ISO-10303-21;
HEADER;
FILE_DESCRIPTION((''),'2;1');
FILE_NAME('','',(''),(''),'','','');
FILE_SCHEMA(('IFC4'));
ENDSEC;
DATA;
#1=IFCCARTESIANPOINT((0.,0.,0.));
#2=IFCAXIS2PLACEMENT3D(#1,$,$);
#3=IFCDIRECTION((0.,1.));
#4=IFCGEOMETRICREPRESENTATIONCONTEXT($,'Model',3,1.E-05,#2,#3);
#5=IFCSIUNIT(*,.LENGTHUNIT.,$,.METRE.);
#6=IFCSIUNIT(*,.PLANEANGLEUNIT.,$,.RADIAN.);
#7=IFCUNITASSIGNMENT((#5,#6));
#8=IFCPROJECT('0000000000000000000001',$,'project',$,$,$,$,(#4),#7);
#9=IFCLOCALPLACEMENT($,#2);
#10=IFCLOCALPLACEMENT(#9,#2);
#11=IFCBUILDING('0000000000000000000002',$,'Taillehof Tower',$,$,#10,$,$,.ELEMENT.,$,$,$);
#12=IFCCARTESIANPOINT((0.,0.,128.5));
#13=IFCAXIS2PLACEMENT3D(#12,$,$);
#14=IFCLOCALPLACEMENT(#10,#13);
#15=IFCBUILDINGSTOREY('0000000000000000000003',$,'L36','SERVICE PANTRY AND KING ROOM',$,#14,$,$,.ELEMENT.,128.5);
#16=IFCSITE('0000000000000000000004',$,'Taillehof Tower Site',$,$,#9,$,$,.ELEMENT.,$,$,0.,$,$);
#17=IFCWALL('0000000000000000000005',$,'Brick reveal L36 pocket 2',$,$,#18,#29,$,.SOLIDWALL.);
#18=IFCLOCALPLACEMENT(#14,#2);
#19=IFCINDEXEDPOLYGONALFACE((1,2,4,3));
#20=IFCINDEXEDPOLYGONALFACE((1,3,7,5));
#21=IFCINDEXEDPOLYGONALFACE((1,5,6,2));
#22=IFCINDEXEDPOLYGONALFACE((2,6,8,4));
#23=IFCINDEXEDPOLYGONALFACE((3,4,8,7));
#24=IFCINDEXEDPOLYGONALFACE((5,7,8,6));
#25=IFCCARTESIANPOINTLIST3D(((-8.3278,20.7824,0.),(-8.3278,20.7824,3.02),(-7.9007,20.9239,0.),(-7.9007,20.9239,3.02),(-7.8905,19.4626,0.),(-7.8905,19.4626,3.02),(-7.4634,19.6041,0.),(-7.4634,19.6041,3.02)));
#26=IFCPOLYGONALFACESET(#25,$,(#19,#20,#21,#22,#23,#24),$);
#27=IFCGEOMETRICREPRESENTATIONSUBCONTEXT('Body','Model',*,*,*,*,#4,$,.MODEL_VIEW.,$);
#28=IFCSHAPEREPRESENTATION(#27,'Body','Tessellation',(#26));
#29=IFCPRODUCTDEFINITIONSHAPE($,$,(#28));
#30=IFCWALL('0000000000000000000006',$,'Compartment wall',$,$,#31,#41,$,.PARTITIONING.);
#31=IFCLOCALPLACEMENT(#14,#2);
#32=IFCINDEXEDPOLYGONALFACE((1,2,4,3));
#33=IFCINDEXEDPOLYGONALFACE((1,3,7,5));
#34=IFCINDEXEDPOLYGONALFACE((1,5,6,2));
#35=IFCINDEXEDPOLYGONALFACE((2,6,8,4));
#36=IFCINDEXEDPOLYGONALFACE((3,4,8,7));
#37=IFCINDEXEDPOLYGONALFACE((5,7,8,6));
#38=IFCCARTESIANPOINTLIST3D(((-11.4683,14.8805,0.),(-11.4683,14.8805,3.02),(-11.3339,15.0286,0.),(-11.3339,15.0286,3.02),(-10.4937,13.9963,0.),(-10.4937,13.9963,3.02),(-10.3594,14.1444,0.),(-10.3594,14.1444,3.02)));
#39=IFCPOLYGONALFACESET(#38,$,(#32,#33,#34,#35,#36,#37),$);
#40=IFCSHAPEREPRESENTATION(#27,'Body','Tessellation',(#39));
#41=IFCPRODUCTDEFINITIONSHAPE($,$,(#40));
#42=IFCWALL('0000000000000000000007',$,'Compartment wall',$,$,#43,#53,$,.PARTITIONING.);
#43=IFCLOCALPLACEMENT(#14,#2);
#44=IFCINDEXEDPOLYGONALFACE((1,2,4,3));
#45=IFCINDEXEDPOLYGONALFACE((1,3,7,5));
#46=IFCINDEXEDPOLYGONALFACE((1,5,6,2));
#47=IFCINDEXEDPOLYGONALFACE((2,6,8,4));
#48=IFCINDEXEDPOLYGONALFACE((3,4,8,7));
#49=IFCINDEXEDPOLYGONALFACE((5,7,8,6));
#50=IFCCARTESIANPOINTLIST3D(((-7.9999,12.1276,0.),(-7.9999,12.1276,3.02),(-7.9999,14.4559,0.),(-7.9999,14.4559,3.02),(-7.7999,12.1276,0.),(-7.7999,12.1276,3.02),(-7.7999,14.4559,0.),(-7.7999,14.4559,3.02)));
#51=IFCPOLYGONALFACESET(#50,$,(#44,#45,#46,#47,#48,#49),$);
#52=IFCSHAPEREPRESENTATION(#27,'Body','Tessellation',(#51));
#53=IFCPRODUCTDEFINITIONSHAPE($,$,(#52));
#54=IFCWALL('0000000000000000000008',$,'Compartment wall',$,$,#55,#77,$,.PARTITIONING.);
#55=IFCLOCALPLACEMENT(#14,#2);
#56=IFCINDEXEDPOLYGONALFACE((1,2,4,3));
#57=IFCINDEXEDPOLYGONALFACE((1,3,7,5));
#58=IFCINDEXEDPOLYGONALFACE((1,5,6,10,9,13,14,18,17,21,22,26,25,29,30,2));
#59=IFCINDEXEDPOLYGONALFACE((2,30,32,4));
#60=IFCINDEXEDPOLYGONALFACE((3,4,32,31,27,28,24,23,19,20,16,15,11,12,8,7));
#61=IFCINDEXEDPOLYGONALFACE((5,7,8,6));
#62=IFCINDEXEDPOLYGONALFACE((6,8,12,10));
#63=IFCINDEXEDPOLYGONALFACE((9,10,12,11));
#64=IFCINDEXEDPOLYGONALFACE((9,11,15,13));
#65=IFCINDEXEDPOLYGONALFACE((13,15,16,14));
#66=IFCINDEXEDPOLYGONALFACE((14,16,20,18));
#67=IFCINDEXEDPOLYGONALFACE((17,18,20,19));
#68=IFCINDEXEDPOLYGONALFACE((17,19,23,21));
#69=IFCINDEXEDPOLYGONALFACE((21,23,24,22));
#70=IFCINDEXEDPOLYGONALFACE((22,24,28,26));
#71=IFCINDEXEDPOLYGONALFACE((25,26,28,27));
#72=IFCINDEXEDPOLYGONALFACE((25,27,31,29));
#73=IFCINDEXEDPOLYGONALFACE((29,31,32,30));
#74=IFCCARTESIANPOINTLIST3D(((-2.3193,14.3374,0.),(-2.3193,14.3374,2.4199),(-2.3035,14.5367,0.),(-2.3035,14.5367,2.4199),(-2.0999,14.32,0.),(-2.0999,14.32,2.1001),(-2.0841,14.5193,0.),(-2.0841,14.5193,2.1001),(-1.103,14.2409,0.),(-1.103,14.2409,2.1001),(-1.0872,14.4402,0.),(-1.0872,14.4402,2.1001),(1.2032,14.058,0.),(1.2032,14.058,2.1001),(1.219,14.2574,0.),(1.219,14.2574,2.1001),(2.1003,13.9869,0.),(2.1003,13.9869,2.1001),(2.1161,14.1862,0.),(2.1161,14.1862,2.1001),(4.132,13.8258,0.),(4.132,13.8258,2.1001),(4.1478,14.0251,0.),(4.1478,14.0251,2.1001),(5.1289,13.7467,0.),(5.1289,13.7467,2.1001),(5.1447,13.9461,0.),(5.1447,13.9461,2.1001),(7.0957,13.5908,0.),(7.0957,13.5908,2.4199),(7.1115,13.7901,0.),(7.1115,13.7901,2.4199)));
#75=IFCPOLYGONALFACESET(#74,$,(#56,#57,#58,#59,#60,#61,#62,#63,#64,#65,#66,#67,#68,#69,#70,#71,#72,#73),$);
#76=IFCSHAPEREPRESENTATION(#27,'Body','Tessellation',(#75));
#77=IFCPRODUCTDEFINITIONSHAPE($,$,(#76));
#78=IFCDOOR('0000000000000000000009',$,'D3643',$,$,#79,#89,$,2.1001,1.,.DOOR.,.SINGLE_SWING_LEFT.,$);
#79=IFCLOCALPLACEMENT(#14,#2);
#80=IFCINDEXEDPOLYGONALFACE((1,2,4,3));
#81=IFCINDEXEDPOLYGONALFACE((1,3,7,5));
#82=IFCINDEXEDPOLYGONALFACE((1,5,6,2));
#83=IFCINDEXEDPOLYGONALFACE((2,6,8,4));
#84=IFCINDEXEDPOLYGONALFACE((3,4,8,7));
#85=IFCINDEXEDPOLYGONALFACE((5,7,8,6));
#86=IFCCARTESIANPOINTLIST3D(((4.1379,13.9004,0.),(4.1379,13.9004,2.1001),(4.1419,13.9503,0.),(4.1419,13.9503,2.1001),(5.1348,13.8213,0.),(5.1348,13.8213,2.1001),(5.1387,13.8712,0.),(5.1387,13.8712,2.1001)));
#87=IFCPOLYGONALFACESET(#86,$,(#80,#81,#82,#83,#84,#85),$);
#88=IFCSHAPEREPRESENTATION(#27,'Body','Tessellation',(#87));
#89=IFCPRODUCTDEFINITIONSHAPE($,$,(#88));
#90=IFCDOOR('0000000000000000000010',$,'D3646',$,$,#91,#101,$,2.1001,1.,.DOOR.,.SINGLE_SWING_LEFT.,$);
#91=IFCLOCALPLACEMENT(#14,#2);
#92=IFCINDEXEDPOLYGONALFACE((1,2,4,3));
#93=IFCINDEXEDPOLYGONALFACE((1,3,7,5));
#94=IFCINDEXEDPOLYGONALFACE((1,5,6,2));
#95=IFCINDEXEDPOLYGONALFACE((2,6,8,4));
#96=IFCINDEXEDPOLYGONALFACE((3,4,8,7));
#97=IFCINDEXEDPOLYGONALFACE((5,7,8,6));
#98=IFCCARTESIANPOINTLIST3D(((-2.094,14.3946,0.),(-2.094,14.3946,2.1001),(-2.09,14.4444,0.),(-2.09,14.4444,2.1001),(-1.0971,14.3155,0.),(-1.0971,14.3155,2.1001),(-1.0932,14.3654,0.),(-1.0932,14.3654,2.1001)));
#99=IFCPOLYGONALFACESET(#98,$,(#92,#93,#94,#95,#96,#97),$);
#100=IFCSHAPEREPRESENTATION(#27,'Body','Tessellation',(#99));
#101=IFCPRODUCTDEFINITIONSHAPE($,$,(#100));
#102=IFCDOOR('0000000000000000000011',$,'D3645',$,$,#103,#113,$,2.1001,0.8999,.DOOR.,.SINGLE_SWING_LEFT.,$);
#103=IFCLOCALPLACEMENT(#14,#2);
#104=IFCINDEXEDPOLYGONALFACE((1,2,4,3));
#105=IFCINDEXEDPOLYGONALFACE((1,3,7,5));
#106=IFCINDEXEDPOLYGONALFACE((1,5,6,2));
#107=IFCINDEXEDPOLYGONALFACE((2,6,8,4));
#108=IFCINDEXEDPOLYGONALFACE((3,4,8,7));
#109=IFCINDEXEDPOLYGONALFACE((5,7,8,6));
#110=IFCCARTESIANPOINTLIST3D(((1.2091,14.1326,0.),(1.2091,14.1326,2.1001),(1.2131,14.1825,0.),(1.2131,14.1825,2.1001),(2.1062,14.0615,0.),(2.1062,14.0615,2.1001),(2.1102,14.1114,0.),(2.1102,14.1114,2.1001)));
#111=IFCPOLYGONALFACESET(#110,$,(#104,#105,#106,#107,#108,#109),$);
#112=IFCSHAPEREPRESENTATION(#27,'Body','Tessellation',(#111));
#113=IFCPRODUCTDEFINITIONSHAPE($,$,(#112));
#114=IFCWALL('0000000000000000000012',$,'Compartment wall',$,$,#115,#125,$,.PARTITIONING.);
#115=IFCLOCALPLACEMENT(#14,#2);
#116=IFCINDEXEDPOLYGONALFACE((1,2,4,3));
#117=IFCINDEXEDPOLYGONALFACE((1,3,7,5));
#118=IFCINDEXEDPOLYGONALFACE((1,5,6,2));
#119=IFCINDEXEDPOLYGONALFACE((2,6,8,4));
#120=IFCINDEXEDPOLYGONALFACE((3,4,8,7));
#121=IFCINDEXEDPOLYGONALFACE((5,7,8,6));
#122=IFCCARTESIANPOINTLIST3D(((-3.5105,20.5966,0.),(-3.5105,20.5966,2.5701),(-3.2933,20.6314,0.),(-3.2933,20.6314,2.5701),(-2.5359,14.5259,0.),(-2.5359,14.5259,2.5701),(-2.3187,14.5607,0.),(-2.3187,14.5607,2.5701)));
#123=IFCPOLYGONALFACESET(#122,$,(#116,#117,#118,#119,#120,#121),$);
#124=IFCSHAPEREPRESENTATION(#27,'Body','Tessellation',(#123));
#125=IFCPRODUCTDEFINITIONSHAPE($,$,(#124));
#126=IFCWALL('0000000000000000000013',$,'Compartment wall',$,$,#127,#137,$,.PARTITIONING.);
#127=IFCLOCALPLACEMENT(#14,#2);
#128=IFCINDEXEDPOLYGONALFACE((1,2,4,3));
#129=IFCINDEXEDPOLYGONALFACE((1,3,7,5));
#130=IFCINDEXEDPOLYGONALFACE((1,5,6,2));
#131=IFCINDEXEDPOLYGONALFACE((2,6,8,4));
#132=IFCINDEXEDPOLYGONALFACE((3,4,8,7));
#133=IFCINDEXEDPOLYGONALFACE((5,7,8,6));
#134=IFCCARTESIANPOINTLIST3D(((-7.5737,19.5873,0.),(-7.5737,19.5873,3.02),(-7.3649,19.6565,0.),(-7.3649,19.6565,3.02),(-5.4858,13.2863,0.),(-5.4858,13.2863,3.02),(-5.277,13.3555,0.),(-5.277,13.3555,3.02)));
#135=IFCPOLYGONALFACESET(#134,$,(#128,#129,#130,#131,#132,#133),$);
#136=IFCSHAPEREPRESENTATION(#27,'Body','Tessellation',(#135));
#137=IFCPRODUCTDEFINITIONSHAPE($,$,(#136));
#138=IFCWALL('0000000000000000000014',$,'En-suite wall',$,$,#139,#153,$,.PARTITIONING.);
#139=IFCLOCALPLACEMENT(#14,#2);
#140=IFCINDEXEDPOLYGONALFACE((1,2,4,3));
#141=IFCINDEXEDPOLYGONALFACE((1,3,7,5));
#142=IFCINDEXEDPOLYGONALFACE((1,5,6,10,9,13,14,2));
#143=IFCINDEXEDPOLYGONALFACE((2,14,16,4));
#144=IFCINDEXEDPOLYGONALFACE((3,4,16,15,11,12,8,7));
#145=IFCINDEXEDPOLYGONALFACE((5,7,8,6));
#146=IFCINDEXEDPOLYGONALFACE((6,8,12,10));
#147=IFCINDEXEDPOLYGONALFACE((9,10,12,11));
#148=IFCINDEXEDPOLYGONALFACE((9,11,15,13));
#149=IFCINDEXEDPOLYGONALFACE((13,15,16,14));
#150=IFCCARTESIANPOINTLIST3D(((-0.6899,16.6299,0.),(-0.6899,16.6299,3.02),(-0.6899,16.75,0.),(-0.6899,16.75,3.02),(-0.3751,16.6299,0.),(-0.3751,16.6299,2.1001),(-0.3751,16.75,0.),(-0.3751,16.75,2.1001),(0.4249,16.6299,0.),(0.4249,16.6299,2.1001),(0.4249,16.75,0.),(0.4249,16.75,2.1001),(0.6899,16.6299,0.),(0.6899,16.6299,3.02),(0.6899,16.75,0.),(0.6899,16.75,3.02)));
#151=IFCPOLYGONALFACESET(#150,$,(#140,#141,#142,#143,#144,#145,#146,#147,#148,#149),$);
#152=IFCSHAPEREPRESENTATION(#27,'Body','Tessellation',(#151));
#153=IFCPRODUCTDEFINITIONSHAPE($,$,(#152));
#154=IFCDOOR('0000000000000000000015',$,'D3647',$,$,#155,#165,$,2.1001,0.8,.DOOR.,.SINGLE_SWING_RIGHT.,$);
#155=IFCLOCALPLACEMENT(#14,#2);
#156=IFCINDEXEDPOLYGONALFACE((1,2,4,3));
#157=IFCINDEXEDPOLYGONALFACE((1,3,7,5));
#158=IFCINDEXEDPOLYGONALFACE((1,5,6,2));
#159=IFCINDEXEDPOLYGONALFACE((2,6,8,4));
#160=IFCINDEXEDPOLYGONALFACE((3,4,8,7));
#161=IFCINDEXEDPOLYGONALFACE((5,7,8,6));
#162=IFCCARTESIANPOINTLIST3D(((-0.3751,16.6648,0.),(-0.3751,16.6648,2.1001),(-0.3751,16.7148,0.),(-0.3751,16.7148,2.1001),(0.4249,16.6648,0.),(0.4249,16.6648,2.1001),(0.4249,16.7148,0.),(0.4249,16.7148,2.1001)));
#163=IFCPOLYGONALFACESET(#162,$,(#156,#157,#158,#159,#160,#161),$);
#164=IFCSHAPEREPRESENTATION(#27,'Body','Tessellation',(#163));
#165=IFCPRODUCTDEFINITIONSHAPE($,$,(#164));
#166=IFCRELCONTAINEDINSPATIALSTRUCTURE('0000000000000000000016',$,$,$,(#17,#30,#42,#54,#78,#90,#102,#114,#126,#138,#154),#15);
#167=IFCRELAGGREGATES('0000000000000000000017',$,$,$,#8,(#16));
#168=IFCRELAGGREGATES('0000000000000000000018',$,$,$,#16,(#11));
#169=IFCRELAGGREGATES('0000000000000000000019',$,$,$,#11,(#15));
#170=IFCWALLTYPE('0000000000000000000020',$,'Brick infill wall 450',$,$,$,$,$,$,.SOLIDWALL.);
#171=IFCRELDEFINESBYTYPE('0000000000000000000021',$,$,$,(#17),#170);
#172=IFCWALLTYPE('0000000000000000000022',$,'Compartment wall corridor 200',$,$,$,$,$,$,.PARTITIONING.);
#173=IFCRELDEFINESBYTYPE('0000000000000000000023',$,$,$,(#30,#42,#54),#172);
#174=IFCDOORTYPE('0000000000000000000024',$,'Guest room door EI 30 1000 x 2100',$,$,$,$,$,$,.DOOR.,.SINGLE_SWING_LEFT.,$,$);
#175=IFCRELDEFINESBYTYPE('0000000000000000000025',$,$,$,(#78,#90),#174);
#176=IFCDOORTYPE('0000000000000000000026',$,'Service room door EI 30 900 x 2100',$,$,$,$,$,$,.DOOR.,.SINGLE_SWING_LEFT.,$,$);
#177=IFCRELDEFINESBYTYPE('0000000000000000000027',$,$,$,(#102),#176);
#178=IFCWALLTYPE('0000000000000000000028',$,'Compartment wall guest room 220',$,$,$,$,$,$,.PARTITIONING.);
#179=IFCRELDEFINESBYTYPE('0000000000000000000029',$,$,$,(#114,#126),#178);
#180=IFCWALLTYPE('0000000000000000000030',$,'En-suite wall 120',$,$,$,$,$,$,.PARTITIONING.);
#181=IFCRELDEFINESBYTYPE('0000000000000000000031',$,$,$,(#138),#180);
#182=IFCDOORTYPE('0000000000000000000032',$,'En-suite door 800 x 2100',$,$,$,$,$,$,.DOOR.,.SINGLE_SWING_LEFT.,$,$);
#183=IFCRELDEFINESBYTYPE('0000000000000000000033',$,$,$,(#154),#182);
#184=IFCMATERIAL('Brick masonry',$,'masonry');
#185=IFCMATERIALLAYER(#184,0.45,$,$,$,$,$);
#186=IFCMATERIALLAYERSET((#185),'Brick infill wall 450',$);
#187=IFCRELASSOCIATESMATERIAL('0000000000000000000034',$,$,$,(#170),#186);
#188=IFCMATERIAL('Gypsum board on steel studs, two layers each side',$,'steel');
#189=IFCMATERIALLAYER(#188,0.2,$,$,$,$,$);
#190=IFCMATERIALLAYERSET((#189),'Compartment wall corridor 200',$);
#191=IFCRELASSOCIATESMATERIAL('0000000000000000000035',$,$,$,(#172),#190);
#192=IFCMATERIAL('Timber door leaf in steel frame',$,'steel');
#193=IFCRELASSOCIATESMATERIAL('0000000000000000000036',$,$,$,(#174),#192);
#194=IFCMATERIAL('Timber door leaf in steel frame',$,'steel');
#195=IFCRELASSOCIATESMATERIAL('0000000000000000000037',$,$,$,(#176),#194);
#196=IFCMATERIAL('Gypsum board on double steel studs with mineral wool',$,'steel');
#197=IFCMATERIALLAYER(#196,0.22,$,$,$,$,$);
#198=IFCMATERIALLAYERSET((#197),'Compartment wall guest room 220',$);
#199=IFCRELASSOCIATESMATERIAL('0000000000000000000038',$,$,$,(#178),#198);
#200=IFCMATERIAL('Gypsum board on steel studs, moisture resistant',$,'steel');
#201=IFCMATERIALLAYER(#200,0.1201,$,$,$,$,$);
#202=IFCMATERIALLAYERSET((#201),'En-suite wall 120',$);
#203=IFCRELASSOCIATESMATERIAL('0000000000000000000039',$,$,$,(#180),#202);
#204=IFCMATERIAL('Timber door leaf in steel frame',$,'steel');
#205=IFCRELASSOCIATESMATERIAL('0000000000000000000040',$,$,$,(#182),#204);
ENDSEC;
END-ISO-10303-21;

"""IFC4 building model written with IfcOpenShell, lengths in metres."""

from ifc_helpers import new_model, si_unit, direction, frame, frame_2d, origin, place, context, subcontext, project, spatial, rectangle, extrude, material, layer, layer_set, type_object, element, fill, save


model = new_model("IFC4")

# Units and contexts
model_context = context("Model", 3, precision=1e-05, world=origin(), true_north=direction((0.0, 1.0)))
body_context = subcontext(model_context, "Body", "Model", "MODEL_VIEW")
ifc_project = project(units=[si_unit("LENGTHUNIT", "METRE"), si_unit("PLANEANGLEUNIT", "RADIAN")], contexts=[model_context])

# Site, building, storey
site_placement = place(None, origin())
site = spatial("IfcSite", under=ifc_project, at=site_placement, Name="Taillehof Tower Site", CompositionType="ELEMENT", RefElevation=0.0)
building_placement = place(site_placement, origin())
building = spatial("IfcBuilding", under=site, at=building_placement, Name="Taillehof Tower", CompositionType="ELEMENT")
storey_placement = place(building_placement, frame((0.0, 0.0, 128.5)))
storey = spatial("IfcBuildingStorey", under=building, at=storey_placement, Name="L36", Description="SERVICE PANTRY AND KING ROOM", CompositionType="ELEMENT", Elevation=128.5)

# Shared definitions
ifc_material_1 = material(Name="Brick masonry", Category="masonry")
ifc_layer_1 = layer(ifc_material_1, 0.45)
ifc_layer_set_1 = layer_set([ifc_layer_1], Name="Brick infill wall 450")
wall_type_1 = type_object("IfcWallType", Name="Brick infill wall 450", PredefinedType="SOLIDWALL", material=ifc_layer_set_1)

# Wall
wall_1_placement = place(storey_placement, frame((-8.1143, 20.8533, 0.0), z_axis=(0.0, 0.0, 1.0), x_axis=(0.314489, -0.949261, 0.0)))
element("IfcWall", 1, at=wall_1_placement, inside=storey, type_object=wall_type_1, Name="Brick reveal L36 pocket 2", PredefinedType="SOLIDWALL", context=body_context, shape_type="SweptSolid", body=[
    extrude(rectangle(XDim=1.3904, YDim=0.45, at=frame_2d((0.6953, 0.0))), origin(), (0.0, 0.0, 1.0), 3.02),
])

# Walls
ifc_material_2 = material(Name="Gypsum board on steel studs, two layers each side", Category="steel")
ifc_layer_2 = layer(ifc_material_2, 0.2)
ifc_layer_set_2 = layer_set([ifc_layer_2], Name="Compartment wall corridor 200")
wall_type_2 = type_object("IfcWallType", Name="Compartment wall corridor 200", PredefinedType="PARTITIONING", material=ifc_layer_set_2)
wall_2_placement = place(storey_placement, frame((-11.4011, 14.9546, 0.0), z_axis=(0.0, 0.0, 1.0), x_axis=(0.740594, -0.671952, 0.0)))
element("IfcWall", 2, at=wall_2_placement, inside=storey, type_object=wall_type_2, Name="Compartment wall", PredefinedType="PARTITIONING", context=body_context, shape_type="SweptSolid", body=[
    extrude(rectangle(XDim=1.3159, YDim=0.2, at=frame_2d((0.658, 0.0))), origin(), (0.0, 0.0, 1.0), 3.02),
])
wall_3_placement = place(storey_placement, frame((-7.8999, 14.4558, 0.0), z_axis=(0.0, 0.0, 1.0), x_axis=(0.0, -1.0, 0.0)))
element("IfcWall", 3, at=wall_3_placement, inside=storey, type_object=wall_type_2, Name="Compartment wall", PredefinedType="PARTITIONING", context=body_context, shape_type="SweptSolid", body=[
    extrude(rectangle(XDim=2.3284, YDim=0.2, at=frame_2d((1.1641, 0.0))), origin(), (0.0, 0.0, 1.0), 3.02),
])

# Wall, openings, doors
wall_4_placement = place(storey_placement, frame((-2.3113, 14.437, 0.0), z_axis=(0.0, 0.0, 1.0), x_axis=(0.996871, -0.079049, 0.0)))
wall_4 = element("IfcWall", 4, at=wall_4_placement, inside=storey, type_object=wall_type_2, Name="Compartment wall", PredefinedType="PARTITIONING", context=body_context, shape_type="SweptSolid", body=[
    extrude(rectangle(XDim=9.4446, YDim=0.2, at=frame_2d((4.7222, 0.0))), origin(), (0.0, 0.0, 1.0), 2.4199),
])
opening_1_placement = place(wall_4_placement, frame((6.4714, 0.0, 0.0)))
opening_1 = element("IfcOpeningElement", 5, at=opening_1_placement, cuts=wall_4, PredefinedType="OPENING", context=body_context, shape_type="SweptSolid", body=[
    extrude(rectangle(XDim=1.0, YDim=2.1001, at=frame_2d((0.5, 1.05))), frame((0.0, 0.1099, 0.0), z_axis=(0.0, -1.0, 0.0), x_axis=(1.0, 0.0, 0.0)), (0.0, 0.0, 1.0), 0.22),
])
opening_2_placement = place(wall_4_placement, frame((3.5334, 0.0, 0.0)))
opening_2 = element("IfcOpeningElement", 6, at=opening_2_placement, cuts=wall_4, PredefinedType="OPENING", context=body_context, shape_type="SweptSolid", body=[
    extrude(rectangle(XDim=0.8999, YDim=2.1001, at=frame_2d((0.45, 1.05))), frame((0.0, 0.1099, 0.0), z_axis=(0.0, -1.0, 0.0), x_axis=(1.0, 0.0, 0.0)), (0.0, 0.0, 1.0), 0.22),
])
opening_3_placement = place(wall_4_placement, frame((0.22, 0.0, 0.0)))
opening_3 = element("IfcOpeningElement", 7, at=opening_3_placement, cuts=wall_4, PredefinedType="OPENING", context=body_context, shape_type="SweptSolid", body=[
    extrude(rectangle(XDim=1.0, YDim=2.1001, at=frame_2d((0.5, 1.05))), frame((0.0, 0.1099, 0.0), z_axis=(0.0, -1.0, 0.0), x_axis=(1.0, 0.0, 0.0)), (0.0, 0.0, 1.0), 0.22),
])
ifc_material_3 = material(Name="Timber door leaf in steel frame", Category="steel")
door_type_1 = type_object("IfcDoorType", Name="Guest room door EI 30 1000 x 2100", OperationType="SINGLE_SWING_LEFT", PredefinedType="DOOR", material=ifc_material_3)
door_1_placement = place(opening_1_placement, origin())
door_1 = element("IfcDoor", 8, at=door_1_placement, inside=storey, type_object=door_type_1, Name="D3643", OperationType="SINGLE_SWING_LEFT", OverallHeight=2.1001, OverallWidth=1.0, PredefinedType="DOOR", context=body_context, shape_type="SweptSolid", body=[
    extrude(rectangle(XDim=1.0, YDim=2.1001, at=frame_2d((0.5, 1.05))), frame((0.0, 0.0249, 0.0), z_axis=(0.0, -1.0, 0.0), x_axis=(1.0, 0.0, 0.0)), (0.0, 0.0, 1.0), 0.05),
])
fill(opening_1, door_1)
door_2_placement = place(opening_3_placement, origin())
door_2 = element("IfcDoor", 9, at=door_2_placement, inside=storey, type_object=door_type_1, Name="D3646", OperationType="SINGLE_SWING_LEFT", OverallHeight=2.1001, OverallWidth=1.0, PredefinedType="DOOR", context=body_context, shape_type="SweptSolid", body=[
    extrude(rectangle(XDim=1.0, YDim=2.1001, at=frame_2d((0.5, 1.05))), frame((0.0, 0.0249, 0.0), z_axis=(0.0, -1.0, 0.0), x_axis=(1.0, 0.0, 0.0)), (0.0, 0.0, 1.0), 0.05),
])
fill(opening_3, door_2)
ifc_material_4 = material(Name="Timber door leaf in steel frame", Category="steel")
door_type_2 = type_object("IfcDoorType", Name="Service room door EI 30 900 x 2100", OperationType="SINGLE_SWING_LEFT", PredefinedType="DOOR", material=ifc_material_4)
door_3_placement = place(opening_2_placement, origin())
door_3 = element("IfcDoor", 10, at=door_3_placement, inside=storey, type_object=door_type_2, Name="D3645", OperationType="SINGLE_SWING_LEFT", OverallHeight=2.1001, OverallWidth=0.8999, PredefinedType="DOOR", context=body_context, shape_type="SweptSolid", body=[
    extrude(rectangle(XDim=0.8999, YDim=2.1001, at=frame_2d((0.45, 1.05))), frame((0.0, 0.0249, 0.0), z_axis=(0.0, -1.0, 0.0), x_axis=(1.0, 0.0, 0.0)), (0.0, 0.0, 1.0), 0.05),
])
fill(opening_2, door_3)

# Walls
ifc_material_5 = material(Name="Gypsum board on double steel studs with mineral wool", Category="steel")
ifc_layer_3 = layer(ifc_material_5, 0.22)
ifc_layer_set_3 = layer_set([ifc_layer_3], Name="Compartment wall guest room 220")
wall_type_3 = type_object("IfcWallType", Name="Compartment wall guest room 220", PredefinedType="PARTITIONING", material=ifc_layer_set_3)
wall_5_placement = place(storey_placement, frame((-3.4019, 20.614, 0.0), z_axis=(0.0, 0.0, 1.0), x_axis=(0.158511, -0.987357, 0.0)))
element("IfcWall", 11, at=wall_5_placement, inside=storey, type_object=wall_type_3, Name="Compartment wall", PredefinedType="PARTITIONING", context=body_context, shape_type="SweptSolid", body=[
    extrude(rectangle(XDim=6.1484, YDim=0.22, at=frame_2d((3.0742, 0.0))), origin(), (0.0, 0.0, 1.0), 2.5701),
])
wall_6_placement = place(storey_placement, frame((-7.4692, 19.6218, 0.0), z_axis=(0.0, 0.0, 1.0), x_axis=(0.314539, -0.949245, 0.0)))
element("IfcWall", 12, at=wall_6_placement, inside=storey, type_object=wall_type_3, Name="Compartment wall", PredefinedType="PARTITIONING", context=body_context, shape_type="SweptSolid", body=[
    extrude(rectangle(XDim=6.6379, YDim=0.22, at=frame_2d((3.3188, 0.0))), origin(), (0.0, 0.0, 1.0), 3.02),
])

# Wall, opening, door
ifc_material_6 = material(Name="Gypsum board on steel studs, moisture resistant", Category="steel")
ifc_layer_4 = layer(ifc_material_6, 0.1201)
ifc_layer_set_4 = layer_set([ifc_layer_4], Name="En-suite wall 120")
wall_type_4 = type_object("IfcWallType", Name="En-suite wall 120", PredefinedType="PARTITIONING", material=ifc_layer_set_4)
wall_7_placement = place(storey_placement, frame((-0.6899, 16.6899, 0.0), z_axis=(0.0, 0.0, 1.0), x_axis=(1.0, 0.0, 0.0)))
wall_7 = element("IfcWall", 13, at=wall_7_placement, inside=storey, type_object=wall_type_4, Name="En-suite wall", PredefinedType="PARTITIONING", context=body_context, shape_type="SweptSolid", body=[
    extrude(rectangle(XDim=1.3799, YDim=0.1201, at=frame_2d((0.6899, 0.0))), origin(), (0.0, 0.0, 1.0), 3.02),
])
opening_4_placement = place(wall_7_placement, frame((0.3149, 0.0, 0.0)))
opening_4 = element("IfcOpeningElement", 14, at=opening_4_placement, cuts=wall_7, PredefinedType="OPENING", context=body_context, shape_type="SweptSolid", body=[
    extrude(rectangle(XDim=0.8, YDim=2.1001, at=frame_2d((0.3999, 1.05))), frame((0.0, 0.0701, 0.0), z_axis=(0.0, -1.0, 0.0), x_axis=(1.0, 0.0, 0.0)), (0.0, 0.0, 1.0), 0.1401),
])
ifc_material_7 = material(Name="Timber door leaf in steel frame", Category="steel")
door_type_3 = type_object("IfcDoorType", Name="En-suite door 800 x 2100", OperationType="SINGLE_SWING_LEFT", PredefinedType="DOOR", material=ifc_material_7)
door_4_placement = place(opening_4_placement, origin())
door_4 = element("IfcDoor", 15, at=door_4_placement, inside=storey, type_object=door_type_3, Name="D3647", OperationType="SINGLE_SWING_RIGHT", OverallHeight=2.1001, OverallWidth=0.8, PredefinedType="DOOR", context=body_context, shape_type="SweptSolid", body=[
    extrude(rectangle(XDim=0.8, YDim=2.1001, at=frame_2d((0.3999, 1.05))), frame((0.0, 0.0249, 0.0), z_axis=(0.0, -1.0, 0.0), x_axis=(1.0, 0.0, 0.0)), (0.0, 0.0, 1.0), 0.05),
])
fill(opening_4, door_4)

save(model, "model.ifc")
